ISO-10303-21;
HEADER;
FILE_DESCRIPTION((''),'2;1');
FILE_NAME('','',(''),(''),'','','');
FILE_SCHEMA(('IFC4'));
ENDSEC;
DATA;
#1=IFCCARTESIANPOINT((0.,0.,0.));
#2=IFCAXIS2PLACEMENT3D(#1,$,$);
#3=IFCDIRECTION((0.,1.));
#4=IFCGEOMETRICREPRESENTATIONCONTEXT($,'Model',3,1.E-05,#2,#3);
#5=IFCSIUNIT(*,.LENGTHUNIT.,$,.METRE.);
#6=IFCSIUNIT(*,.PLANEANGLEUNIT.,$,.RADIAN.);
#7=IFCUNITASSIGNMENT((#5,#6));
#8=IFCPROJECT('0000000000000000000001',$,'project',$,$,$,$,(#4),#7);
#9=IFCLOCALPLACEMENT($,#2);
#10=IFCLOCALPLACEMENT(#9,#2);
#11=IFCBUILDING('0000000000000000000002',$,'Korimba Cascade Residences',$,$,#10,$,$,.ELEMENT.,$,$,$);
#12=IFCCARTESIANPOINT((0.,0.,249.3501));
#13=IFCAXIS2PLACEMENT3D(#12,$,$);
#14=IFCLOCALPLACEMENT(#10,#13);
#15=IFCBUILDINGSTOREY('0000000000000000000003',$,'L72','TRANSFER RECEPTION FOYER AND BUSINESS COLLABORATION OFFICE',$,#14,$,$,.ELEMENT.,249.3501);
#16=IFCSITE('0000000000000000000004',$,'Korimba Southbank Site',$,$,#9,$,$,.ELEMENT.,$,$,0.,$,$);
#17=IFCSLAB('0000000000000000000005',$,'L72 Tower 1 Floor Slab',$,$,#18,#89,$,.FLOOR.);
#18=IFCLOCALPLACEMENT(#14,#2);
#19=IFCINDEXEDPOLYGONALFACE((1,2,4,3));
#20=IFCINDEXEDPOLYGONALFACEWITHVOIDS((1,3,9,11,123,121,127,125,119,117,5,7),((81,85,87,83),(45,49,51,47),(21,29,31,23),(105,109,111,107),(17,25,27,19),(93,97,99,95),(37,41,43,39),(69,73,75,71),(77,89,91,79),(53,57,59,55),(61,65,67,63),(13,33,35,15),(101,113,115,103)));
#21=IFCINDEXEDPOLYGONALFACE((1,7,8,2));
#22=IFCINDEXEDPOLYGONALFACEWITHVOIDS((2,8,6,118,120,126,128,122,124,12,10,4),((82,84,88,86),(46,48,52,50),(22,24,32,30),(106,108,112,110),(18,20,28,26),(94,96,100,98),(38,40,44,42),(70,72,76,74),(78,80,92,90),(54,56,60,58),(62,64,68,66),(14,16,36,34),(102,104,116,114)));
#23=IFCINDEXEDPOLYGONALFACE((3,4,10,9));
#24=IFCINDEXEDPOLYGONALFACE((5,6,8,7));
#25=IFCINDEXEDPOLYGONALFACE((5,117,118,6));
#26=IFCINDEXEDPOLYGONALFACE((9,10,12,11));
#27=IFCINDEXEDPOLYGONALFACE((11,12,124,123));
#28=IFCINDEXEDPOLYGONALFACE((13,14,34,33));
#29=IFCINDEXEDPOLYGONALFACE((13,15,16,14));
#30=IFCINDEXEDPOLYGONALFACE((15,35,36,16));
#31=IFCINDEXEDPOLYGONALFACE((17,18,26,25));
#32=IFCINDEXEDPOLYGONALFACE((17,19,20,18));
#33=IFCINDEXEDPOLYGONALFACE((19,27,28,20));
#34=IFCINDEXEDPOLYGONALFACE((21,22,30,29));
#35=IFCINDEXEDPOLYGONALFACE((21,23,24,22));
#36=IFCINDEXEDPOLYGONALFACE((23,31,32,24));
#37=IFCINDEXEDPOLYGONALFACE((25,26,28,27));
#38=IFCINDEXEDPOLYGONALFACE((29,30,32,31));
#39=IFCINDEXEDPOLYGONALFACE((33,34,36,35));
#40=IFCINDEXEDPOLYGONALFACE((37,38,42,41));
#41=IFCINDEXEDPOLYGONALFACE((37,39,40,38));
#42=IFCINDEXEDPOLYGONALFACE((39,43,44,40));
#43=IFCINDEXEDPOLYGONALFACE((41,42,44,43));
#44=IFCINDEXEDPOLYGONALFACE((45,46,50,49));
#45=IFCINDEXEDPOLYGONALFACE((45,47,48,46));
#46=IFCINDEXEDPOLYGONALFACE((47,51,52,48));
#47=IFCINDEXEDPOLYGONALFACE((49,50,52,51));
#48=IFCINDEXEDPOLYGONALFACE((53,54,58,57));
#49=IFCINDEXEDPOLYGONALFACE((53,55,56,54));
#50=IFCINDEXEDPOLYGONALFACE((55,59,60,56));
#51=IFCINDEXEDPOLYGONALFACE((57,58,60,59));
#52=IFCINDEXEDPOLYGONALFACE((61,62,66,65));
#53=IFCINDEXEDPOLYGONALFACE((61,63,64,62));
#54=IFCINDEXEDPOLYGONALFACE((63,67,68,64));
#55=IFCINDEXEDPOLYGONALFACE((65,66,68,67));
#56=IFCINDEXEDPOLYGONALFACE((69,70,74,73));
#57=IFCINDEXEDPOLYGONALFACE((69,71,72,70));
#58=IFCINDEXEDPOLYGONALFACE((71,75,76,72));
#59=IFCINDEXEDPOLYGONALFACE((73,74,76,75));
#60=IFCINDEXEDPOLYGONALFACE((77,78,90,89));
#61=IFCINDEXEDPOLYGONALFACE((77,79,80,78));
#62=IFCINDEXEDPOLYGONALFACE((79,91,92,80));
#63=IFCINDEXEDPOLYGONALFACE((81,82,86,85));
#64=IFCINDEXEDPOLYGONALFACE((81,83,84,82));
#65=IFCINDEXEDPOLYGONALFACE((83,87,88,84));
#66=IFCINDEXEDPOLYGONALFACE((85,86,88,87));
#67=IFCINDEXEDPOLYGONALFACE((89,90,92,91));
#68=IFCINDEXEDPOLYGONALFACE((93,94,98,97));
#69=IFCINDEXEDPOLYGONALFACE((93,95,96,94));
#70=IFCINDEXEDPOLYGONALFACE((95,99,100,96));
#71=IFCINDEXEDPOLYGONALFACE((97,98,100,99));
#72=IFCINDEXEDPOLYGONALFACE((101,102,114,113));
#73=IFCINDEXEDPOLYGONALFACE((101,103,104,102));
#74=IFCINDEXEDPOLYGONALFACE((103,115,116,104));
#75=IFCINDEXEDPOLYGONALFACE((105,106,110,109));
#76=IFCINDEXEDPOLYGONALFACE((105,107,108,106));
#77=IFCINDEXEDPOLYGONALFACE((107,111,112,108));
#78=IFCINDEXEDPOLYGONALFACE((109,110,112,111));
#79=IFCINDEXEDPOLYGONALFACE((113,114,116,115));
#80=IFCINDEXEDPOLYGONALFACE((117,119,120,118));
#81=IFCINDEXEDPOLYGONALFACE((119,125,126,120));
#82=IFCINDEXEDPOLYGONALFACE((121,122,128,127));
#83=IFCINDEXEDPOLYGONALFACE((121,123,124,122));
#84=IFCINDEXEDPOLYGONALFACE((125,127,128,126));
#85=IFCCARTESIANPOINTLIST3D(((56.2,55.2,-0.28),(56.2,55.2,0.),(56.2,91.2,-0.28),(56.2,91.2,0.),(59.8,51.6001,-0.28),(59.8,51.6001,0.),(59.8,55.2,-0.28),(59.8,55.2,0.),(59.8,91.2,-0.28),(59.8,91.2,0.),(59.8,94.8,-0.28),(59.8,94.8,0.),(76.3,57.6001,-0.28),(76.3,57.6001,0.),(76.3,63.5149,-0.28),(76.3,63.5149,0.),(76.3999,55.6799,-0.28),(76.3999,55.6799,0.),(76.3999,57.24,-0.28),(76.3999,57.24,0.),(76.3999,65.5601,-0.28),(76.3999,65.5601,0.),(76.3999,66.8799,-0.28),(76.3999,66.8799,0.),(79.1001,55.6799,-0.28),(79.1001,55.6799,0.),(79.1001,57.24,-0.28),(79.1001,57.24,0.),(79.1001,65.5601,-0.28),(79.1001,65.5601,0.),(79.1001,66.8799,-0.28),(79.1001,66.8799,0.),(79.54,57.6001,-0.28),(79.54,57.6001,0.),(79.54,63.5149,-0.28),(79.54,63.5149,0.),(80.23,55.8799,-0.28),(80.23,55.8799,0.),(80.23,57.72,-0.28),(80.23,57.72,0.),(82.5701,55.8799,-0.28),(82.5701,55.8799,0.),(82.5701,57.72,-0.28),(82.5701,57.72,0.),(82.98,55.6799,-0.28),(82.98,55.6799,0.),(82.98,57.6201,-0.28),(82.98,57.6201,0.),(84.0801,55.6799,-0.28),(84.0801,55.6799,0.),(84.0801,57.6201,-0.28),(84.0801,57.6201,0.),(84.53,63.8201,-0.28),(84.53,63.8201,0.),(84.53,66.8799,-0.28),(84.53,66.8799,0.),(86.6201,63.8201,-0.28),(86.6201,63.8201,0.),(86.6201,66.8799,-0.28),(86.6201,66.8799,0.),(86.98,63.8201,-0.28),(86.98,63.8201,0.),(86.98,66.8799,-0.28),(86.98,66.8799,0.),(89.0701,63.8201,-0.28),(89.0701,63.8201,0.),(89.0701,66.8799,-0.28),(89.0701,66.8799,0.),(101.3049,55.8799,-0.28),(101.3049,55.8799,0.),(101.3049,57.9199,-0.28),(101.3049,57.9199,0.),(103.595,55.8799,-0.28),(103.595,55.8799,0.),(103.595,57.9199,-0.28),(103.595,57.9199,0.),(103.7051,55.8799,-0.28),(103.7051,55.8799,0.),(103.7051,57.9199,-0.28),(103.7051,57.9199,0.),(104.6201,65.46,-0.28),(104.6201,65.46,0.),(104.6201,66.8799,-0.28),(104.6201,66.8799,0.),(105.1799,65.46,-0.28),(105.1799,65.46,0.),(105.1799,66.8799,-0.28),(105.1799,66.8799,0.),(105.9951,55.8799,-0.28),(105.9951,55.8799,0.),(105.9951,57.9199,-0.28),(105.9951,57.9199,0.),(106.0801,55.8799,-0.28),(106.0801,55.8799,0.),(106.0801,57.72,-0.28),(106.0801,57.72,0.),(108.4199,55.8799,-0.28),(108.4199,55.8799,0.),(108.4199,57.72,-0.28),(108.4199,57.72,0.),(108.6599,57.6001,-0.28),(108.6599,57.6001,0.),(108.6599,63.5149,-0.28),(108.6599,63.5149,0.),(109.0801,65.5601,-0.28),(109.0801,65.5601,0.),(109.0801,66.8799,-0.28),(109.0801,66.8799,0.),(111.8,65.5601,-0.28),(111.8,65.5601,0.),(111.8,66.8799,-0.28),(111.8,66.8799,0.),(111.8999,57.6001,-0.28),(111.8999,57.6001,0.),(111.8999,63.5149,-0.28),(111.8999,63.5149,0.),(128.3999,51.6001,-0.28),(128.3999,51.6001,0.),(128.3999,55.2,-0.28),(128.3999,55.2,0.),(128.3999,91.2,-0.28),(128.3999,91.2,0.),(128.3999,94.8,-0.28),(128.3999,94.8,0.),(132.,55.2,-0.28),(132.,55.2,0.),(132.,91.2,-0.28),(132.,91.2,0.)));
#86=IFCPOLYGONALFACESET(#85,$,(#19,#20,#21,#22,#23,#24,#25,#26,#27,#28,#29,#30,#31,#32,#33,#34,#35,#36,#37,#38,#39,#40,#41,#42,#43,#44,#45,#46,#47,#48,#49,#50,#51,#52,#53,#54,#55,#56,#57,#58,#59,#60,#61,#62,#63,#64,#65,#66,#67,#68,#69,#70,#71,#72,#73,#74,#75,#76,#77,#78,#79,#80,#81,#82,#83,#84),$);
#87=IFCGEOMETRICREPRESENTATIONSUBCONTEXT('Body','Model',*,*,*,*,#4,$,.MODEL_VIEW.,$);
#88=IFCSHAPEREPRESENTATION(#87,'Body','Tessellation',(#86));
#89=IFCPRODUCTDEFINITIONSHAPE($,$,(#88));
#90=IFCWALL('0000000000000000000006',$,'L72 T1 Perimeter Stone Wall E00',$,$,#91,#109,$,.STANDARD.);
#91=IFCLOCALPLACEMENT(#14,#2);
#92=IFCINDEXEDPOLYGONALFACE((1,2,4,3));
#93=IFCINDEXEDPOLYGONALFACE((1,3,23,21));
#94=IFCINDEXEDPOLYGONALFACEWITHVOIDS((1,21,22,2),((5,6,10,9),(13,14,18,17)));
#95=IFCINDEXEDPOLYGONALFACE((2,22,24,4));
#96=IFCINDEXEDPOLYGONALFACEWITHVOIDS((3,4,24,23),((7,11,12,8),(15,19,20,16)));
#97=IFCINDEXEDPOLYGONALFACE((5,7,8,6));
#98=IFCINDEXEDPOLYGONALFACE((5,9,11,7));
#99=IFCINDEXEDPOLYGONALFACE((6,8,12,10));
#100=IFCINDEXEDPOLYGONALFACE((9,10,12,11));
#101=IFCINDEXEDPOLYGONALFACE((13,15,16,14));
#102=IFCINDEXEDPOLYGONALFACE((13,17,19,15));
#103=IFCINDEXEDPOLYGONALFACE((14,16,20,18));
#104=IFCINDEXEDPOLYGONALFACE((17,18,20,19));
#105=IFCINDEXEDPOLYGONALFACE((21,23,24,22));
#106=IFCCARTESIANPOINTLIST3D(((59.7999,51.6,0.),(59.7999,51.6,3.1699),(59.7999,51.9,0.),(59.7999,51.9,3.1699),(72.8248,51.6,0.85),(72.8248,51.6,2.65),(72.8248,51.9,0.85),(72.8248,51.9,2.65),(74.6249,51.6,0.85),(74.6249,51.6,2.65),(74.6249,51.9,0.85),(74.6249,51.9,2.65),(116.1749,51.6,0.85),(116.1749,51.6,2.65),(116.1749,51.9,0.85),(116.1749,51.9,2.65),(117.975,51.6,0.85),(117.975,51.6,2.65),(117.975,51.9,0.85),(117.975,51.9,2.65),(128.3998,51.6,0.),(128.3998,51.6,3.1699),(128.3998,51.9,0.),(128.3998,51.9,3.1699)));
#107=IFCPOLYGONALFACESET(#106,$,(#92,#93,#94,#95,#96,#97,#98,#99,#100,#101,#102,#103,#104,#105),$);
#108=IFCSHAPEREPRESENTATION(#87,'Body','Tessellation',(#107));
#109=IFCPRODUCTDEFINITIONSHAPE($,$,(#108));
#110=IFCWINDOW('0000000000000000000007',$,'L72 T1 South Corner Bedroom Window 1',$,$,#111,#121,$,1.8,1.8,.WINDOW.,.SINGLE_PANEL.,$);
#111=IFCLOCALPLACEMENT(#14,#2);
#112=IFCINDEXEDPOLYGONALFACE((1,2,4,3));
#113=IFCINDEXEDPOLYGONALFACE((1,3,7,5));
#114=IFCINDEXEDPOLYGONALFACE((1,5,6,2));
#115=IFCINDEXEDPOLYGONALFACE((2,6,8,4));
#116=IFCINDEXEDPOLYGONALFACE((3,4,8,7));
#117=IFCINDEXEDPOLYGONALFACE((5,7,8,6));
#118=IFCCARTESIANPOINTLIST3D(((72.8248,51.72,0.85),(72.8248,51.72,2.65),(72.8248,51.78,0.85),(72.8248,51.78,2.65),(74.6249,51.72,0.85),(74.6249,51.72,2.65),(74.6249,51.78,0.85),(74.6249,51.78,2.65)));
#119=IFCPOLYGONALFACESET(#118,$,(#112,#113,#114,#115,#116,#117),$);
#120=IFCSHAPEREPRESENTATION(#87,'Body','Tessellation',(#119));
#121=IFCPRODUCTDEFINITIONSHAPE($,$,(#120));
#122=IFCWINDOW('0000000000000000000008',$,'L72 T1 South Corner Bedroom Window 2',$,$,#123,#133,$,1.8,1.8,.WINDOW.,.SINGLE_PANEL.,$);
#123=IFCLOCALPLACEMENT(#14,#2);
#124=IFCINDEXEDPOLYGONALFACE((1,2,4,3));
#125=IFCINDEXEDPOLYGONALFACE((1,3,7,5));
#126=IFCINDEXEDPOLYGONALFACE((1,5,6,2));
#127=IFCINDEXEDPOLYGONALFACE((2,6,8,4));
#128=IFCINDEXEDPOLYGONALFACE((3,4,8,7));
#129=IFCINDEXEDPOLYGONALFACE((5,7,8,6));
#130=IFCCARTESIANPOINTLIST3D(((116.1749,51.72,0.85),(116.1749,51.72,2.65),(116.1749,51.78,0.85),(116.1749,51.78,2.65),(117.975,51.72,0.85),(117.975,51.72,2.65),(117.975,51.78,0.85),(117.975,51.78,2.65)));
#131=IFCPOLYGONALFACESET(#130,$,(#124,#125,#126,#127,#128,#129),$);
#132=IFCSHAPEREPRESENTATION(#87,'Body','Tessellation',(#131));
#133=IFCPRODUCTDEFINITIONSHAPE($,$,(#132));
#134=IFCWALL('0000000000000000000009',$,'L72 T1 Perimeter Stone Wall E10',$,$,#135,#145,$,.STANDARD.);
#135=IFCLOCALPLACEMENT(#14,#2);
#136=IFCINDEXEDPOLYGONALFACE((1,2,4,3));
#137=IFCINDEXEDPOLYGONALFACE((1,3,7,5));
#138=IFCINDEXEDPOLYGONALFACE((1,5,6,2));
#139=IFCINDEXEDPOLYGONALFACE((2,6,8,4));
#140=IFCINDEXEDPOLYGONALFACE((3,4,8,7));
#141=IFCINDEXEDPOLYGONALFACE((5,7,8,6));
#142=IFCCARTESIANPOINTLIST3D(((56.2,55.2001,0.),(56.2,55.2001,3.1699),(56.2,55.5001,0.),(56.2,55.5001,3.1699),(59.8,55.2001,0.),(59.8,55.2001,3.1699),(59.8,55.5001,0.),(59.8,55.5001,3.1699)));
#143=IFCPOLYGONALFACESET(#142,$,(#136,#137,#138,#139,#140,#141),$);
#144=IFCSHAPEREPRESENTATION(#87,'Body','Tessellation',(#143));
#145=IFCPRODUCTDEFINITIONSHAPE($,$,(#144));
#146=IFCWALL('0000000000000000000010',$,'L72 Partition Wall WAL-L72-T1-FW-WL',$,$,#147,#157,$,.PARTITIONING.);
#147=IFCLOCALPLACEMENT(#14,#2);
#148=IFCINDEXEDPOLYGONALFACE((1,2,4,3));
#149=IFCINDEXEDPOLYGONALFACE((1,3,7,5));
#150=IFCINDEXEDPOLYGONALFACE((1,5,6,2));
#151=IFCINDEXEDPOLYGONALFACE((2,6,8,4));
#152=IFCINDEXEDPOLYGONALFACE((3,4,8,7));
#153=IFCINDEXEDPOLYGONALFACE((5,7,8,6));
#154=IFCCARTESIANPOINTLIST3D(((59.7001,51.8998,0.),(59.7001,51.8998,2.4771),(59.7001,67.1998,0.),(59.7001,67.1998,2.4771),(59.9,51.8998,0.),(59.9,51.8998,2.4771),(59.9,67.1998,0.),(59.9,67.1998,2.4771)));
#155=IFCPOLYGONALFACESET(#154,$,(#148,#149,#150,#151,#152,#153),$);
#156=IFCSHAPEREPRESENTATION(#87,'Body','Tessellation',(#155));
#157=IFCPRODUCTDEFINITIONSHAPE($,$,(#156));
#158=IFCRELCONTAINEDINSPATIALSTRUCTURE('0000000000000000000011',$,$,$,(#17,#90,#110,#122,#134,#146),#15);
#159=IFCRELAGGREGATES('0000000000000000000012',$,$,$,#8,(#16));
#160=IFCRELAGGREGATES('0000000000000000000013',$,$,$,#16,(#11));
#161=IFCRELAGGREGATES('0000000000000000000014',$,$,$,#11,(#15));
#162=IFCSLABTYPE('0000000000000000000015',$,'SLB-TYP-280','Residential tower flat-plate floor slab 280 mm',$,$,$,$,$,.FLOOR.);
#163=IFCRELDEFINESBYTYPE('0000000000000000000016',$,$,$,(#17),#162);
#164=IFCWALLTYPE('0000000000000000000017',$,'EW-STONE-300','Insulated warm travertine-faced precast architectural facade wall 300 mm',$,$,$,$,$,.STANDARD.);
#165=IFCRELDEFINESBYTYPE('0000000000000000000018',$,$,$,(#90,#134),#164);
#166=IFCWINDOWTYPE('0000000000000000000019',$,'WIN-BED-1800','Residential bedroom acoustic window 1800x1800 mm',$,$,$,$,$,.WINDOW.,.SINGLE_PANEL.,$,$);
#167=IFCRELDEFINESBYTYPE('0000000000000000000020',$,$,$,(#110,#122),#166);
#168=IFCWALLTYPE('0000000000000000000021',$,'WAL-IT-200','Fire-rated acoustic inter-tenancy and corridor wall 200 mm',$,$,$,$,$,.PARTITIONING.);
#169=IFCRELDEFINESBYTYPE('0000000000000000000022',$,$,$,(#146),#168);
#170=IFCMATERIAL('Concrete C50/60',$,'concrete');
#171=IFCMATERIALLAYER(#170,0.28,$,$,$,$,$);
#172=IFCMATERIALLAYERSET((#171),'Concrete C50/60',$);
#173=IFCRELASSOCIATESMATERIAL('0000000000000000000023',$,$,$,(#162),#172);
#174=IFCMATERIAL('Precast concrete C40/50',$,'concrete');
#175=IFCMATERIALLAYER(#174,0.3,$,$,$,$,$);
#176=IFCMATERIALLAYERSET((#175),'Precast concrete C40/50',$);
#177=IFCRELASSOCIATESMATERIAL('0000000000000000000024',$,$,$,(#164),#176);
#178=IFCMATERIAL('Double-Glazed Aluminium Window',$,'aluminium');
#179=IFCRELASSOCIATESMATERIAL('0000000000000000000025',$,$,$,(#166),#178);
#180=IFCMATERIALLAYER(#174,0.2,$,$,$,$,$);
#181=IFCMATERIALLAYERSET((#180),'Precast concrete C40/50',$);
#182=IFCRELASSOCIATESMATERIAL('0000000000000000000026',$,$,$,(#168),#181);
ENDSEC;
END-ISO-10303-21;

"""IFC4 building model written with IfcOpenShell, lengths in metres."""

from ifc_helpers import new_model, si_unit, direction, frame, frame_2d, origin, place, context, subcontext, project, spatial, polyline, rectangle, outline, extrude, material, layer, layer_set, type_object, element, fill, save


model = new_model("IFC4")

# Units and contexts
model_context = context("Model", 3, precision=1e-05, world=origin(), true_north=direction((0.0, 1.0)))
body_context = subcontext(model_context, "Body", "Model", "MODEL_VIEW")
ifc_project = project(units=[si_unit("LENGTHUNIT", "METRE"), si_unit("PLANEANGLEUNIT", "RADIAN")], contexts=[model_context])

# Site, building, storey
site_placement = place(None, origin())
site = spatial("IfcSite", under=ifc_project, at=site_placement, Name="Korimba Southbank Site", CompositionType="ELEMENT", RefElevation=0.0)
building_placement = place(site_placement, origin())
building = spatial("IfcBuilding", under=site, at=building_placement, Name="Korimba Cascade Residences", CompositionType="ELEMENT")
storey_placement = place(building_placement, frame((0.0, 0.0, 249.3501)))
storey = spatial("IfcBuildingStorey", under=building, at=storey_placement, Name="L72", Description="TRANSFER RECEPTION FOYER AND BUSINESS COLLABORATION OFFICE", CompositionType="ELEMENT", Elevation=249.3501)

# Shared definitions
ifc_material_1 = material(Name="Concrete C50/60", Category="concrete")

# Slab
ifc_material_2 = material(Name="Precast concrete C40/50", Category="concrete")
ifc_layer_1 = layer(ifc_material_1, 0.28)
ifc_layer_set_1 = layer_set([ifc_layer_1], Name="Concrete C50/60")
slab_type_1 = type_object("IfcSlabType", Name="SLB-TYP-280", Description="Residential tower flat-plate floor slab 280 mm", PredefinedType="FLOOR", material=ifc_layer_set_1)
slab_1_placement = place(storey_placement, frame((0.0, 0.0, -0.28)))
element("IfcSlab", 1, at=slab_1_placement, inside=storey, type_object=slab_type_1, Name="L72 Tower 1 Floor Slab", PredefinedType="FLOOR", context=body_context, shape_type="SweptSolid", body=[
    extrude(outline(polyline([(59.8, 51.6001), (128.3999, 51.6001), (128.3999, 55.2), (132.0, 55.2), (132.0, 91.2), (128.3999, 91.2), (128.3999, 94.8), (59.8, 94.8), (59.8, 91.2), (56.2, 91.2), (56.2, 55.2), (59.8, 55.2), (59.8, 51.6001)]), holes=[polyline([(76.3, 63.5149), (76.3, 57.6001), (79.54, 57.6001), (79.54, 63.5149), (76.3, 63.5149)]), polyline([(108.6599, 63.5149), (108.6599, 57.6001), (111.8999, 57.6001), (111.8999, 63.5149), (108.6599, 63.5149)]), polyline([(80.23, 55.8799), (82.5701, 55.8799), (82.5701, 57.72), (80.23, 57.72), (80.23, 55.8799)]), polyline([(106.0801, 55.8799), (108.4199, 55.8799), (108.4199, 57.72), (106.0801, 57.72), (106.0801, 55.8799)]), polyline([(101.3049, 55.8799), (103.595, 55.8799), (103.595, 57.9199), (101.3049, 57.9199), (101.3049, 55.8799)]), polyline([(103.7051, 55.8799), (105.9951, 55.8799), (105.9951, 57.9199), (103.7051, 57.9199), (103.7051, 55.8799)]), polyline([(82.98, 55.6799), (84.0801, 55.6799), (84.0801, 57.6201), (82.98, 57.6201), (82.98, 55.6799)]), polyline([(76.3999, 65.5601), (79.1001, 65.5601), (79.1001, 66.8799), (76.3999, 66.8799), (76.3999, 65.5601)]), polyline([(76.3999, 55.6799), (79.1001, 55.6799), (79.1001, 57.24), (76.3999, 57.24), (76.3999, 55.6799)]), polyline([(84.53, 63.8201), (86.6201, 63.8201), (86.6201, 66.8799), (84.53, 66.8799), (84.53, 63.8201)]), polyline([(86.98, 63.8201), (89.0701, 63.8201), (89.0701, 66.8799), (86.98, 66.8799), (86.98, 63.8201)]), polyline([(104.6201, 65.46), (105.1799, 65.46), (105.1799, 66.8799), (104.6201, 66.8799), (104.6201, 65.46)]), polyline([(109.0801, 65.5601), (111.8, 65.5601), (111.8, 66.8799), (109.0801, 66.8799), (109.0801, 65.5601)])]), origin(), (0.0, 0.0, 1.0), 0.28),
])

# Wall, openings, windows
ifc_layer_2 = layer(ifc_material_2, 0.3)
ifc_layer_set_2 = layer_set([ifc_layer_2], Name="Precast concrete C40/50")
wall_type_1 = type_object("IfcWallType", Name="EW-STONE-300", Description="Insulated warm travertine-faced precast architectural facade wall 300 mm", PredefinedType="STANDARD", material=ifc_layer_set_2)
wall_1_placement = place(storey_placement, frame((59.8, 51.75, 0.0), z_axis=(0.0, 0.0, 1.0), x_axis=(1.0, 0.0, 0.0)))
wall_1 = element("IfcWall", 2, at=wall_1_placement, inside=storey, type_object=wall_type_1, Name="L72 T1 Perimeter Stone Wall E00", PredefinedType="STANDARD", context=body_context, shape_type="SweptSolid", body=[
    extrude(rectangle(XDim=68.5999, YDim=0.3, at=frame_2d((34.2998, 0.0))), origin(), (0.0, 0.0, 1.0), 3.1699),
])
opening_1_placement = place(wall_1_placement, frame((13.0249, 0.0, 0.8501)))
opening_1 = element("IfcOpeningElement", 3, at=opening_1_placement, cuts=wall_1, PredefinedType="OPENING", context=body_context, shape_type="SweptSolid", body=[
    extrude(rectangle(XDim=1.8, YDim=1.8, at=frame_2d((0.8999, 0.8999))), frame((0.0, 0.1602, 0.0), z_axis=(0.0, -1.0, 0.0), x_axis=(1.0, 0.0, 0.0)), (0.0, 0.0, 1.0), 0.3201),
])
opening_2_placement = place(wall_1_placement, frame((56.375, 0.0, 0.8501)))
opening_2 = element("IfcOpeningElement", 4, at=opening_2_placement, cuts=wall_1, PredefinedType="OPENING", context=body_context, shape_type="SweptSolid", body=[
    extrude(rectangle(XDim=1.8, YDim=1.8, at=frame_2d((0.8999, 0.8999))), frame((0.0, 0.1602, 0.0), z_axis=(0.0, -1.0, 0.0), x_axis=(1.0, 0.0, 0.0)), (0.0, 0.0, 1.0), 0.3201),
])
ifc_material_3 = material(Name="Double-Glazed Aluminium Window", Category="aluminium")
window_type = type_object("IfcWindowType", Name="WIN-BED-1800", Description="Residential bedroom acoustic window 1800x1800 mm", PartitioningType="SINGLE_PANEL", PredefinedType="WINDOW", material=ifc_material_3)
window_1_placement = place(opening_1_placement, origin())
window_1 = element("IfcWindow", 5, at=window_1_placement, inside=storey, type_object=window_type, Name="L72 T1 South Corner Bedroom Window 1", OverallHeight=1.8, OverallWidth=1.8, PartitioningType="SINGLE_PANEL", PredefinedType="WINDOW", context=body_context, shape_type="SweptSolid", body=[
    extrude(rectangle(XDim=1.8, YDim=1.8, at=frame_2d((0.8999, 0.8999))), frame((0.0, 0.03, 0.0), z_axis=(0.0, -1.0, 0.0), x_axis=(1.0, 0.0, 0.0)), (0.0, 0.0, 1.0), 0.0601),
])
fill(opening_1, window_1)
window_2_placement = place(opening_2_placement, origin())
window_2 = element("IfcWindow", 6, at=window_2_placement, inside=storey, type_object=window_type, Name="L72 T1 South Corner Bedroom Window 2", OverallHeight=1.8, OverallWidth=1.8, PartitioningType="SINGLE_PANEL", PredefinedType="WINDOW", context=body_context, shape_type="SweptSolid", body=[
    extrude(rectangle(XDim=1.8, YDim=1.8, at=frame_2d((0.8999, 0.8999))), frame((0.0, 0.03, 0.0), z_axis=(0.0, -1.0, 0.0), x_axis=(1.0, 0.0, 0.0)), (0.0, 0.0, 1.0), 0.0601),
])
fill(opening_2, window_2)

# Walls
wall_2_placement = place(storey_placement, frame((56.2, 55.3501, 0.0), z_axis=(0.0, 0.0, 1.0), x_axis=(1.0, 0.0, 0.0)))
element("IfcWall", 7, at=wall_2_placement, inside=storey, type_object=wall_type_1, Name="L72 T1 Perimeter Stone Wall E10", PredefinedType="STANDARD", context=body_context, shape_type="SweptSolid", body=[
    extrude(rectangle(XDim=3.6001, YDim=0.3, at=frame_2d((1.8, 0.0))), origin(), (0.0, 0.0, 1.0), 3.1699),
])
ifc_layer_3 = layer(ifc_material_2, 0.2)
ifc_layer_set_3 = layer_set([ifc_layer_3], Name="Precast concrete C40/50")
wall_type_2 = type_object("IfcWallType", Name="WAL-IT-200", Description="Fire-rated acoustic inter-tenancy and corridor wall 200 mm", PredefinedType="PARTITIONING", material=ifc_layer_set_3)
wall_3_placement = place(storey_placement, frame((59.8, 51.8999, 0.0), z_axis=(0.0, 0.0, 1.0), x_axis=(0.0, 1.0, 0.0)))
element("IfcWall", 8, at=wall_3_placement, inside=storey, type_object=wall_type_2, Name="L72 Partition Wall WAL-L72-T1-FW-WL", PredefinedType="PARTITIONING", context=body_context, shape_type="SweptSolid", body=[
    extrude(rectangle(XDim=15.3, YDim=0.2, at=frame_2d((7.6499, 0.0))), origin(), (0.0, 0.0, 1.0), 2.4771),
])

save(model, "model.ifc")
